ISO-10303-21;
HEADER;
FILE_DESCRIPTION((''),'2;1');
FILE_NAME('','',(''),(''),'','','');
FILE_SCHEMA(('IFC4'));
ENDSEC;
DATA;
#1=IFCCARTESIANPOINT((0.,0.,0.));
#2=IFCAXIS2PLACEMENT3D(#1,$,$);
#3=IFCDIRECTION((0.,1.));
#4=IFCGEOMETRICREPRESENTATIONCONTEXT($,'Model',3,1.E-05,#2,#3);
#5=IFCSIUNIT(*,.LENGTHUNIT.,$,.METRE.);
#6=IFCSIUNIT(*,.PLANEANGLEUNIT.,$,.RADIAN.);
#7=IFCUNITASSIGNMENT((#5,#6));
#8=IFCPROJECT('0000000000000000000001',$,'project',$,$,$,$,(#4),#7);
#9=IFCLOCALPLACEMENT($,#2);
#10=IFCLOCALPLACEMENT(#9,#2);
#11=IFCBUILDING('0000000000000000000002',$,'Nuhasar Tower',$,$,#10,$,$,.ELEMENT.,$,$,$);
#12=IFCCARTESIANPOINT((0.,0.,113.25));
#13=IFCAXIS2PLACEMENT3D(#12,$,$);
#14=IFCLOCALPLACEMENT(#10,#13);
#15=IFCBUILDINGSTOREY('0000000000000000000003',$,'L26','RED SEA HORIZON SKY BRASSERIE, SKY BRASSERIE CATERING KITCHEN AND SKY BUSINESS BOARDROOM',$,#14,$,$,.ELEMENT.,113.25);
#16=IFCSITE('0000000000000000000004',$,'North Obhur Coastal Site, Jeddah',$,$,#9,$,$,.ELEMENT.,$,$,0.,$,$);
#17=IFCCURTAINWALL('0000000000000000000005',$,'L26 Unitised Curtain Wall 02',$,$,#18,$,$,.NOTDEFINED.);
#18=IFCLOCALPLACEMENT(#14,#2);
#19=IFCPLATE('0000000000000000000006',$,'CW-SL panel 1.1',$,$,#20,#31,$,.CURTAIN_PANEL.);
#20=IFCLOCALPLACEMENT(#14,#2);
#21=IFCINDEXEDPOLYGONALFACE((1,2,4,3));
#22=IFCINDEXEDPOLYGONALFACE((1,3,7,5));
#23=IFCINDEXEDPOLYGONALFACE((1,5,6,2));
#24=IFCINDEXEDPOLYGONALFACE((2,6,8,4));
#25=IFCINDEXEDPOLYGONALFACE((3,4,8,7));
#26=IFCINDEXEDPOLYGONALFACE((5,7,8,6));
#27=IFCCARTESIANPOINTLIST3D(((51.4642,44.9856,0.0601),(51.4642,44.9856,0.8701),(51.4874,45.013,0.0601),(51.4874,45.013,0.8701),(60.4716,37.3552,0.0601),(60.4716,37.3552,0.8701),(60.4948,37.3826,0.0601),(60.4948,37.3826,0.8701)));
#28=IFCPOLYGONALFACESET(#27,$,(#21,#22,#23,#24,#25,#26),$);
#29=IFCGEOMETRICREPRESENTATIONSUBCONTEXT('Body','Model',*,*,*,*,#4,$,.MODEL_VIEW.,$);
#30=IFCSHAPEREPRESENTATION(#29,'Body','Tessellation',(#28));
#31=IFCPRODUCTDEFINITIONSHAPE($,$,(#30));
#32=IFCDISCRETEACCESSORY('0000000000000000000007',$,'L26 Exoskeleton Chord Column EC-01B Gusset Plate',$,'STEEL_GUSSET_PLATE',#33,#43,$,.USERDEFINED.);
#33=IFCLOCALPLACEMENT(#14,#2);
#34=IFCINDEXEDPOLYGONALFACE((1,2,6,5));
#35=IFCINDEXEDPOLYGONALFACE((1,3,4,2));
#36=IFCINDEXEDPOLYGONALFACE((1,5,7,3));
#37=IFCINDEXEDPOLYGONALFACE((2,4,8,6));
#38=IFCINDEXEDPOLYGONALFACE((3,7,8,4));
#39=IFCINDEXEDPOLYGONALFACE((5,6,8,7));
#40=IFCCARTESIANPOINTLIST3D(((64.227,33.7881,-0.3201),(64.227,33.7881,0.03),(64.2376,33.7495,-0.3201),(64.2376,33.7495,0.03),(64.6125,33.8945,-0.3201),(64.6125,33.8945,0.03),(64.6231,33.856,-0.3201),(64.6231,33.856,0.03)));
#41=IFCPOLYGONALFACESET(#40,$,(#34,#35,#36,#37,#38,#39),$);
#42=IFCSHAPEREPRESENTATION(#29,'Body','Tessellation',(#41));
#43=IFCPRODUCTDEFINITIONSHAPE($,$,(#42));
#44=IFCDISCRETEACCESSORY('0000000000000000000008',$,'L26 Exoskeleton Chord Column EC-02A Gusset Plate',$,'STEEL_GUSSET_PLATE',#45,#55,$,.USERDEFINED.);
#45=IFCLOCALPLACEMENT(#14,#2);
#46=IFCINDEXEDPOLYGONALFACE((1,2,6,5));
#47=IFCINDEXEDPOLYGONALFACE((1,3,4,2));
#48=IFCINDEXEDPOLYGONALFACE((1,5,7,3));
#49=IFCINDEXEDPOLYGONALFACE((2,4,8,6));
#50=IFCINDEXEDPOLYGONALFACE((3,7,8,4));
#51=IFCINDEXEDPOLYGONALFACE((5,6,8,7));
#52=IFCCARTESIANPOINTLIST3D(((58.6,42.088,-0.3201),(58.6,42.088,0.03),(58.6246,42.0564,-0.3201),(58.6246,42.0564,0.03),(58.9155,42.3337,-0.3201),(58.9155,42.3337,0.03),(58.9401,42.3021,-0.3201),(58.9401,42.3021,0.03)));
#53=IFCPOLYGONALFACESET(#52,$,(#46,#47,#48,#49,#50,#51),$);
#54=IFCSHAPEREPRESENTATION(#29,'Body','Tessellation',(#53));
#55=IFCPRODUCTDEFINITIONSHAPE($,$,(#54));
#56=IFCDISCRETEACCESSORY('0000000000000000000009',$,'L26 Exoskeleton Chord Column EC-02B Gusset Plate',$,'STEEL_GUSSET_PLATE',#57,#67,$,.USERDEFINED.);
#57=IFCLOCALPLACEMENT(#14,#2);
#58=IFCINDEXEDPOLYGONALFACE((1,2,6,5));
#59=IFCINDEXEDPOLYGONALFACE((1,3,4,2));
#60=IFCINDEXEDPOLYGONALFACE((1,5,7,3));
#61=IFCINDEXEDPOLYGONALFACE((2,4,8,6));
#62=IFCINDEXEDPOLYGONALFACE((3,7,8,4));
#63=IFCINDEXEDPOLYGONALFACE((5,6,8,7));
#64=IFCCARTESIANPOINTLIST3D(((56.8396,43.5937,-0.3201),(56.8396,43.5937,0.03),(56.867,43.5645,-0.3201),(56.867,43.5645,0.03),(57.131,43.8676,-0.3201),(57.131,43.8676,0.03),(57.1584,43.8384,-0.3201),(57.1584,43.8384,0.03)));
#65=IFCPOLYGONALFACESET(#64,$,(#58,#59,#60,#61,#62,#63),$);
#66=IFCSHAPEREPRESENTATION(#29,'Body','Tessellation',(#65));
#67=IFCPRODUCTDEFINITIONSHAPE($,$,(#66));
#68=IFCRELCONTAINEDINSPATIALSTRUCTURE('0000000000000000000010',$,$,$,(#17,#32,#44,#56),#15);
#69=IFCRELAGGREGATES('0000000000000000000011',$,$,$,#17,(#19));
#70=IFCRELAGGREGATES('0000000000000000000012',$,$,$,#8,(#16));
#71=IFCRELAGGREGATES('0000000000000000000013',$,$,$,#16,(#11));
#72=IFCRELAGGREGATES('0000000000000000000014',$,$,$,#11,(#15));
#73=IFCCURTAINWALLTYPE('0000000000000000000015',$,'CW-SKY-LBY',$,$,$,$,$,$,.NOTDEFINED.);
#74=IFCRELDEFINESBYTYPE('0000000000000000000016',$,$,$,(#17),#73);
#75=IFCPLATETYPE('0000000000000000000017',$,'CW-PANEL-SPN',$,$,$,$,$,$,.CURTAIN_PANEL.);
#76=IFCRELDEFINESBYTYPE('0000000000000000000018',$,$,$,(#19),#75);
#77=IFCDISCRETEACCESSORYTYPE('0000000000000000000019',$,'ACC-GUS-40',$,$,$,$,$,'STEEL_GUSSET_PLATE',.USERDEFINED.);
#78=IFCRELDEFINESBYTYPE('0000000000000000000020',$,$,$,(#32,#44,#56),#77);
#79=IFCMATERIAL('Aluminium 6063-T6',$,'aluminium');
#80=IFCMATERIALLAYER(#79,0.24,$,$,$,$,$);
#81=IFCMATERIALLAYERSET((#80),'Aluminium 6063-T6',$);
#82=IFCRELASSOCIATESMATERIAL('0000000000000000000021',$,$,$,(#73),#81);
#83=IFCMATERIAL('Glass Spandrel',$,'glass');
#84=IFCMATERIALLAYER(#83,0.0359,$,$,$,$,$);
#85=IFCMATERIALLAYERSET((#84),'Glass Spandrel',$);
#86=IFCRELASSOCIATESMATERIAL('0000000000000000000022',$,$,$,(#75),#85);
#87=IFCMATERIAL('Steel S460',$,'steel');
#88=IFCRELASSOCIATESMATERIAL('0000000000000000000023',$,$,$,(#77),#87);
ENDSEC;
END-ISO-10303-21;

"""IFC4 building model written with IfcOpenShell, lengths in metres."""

from ifc_helpers import new_model, si_unit, direction, frame, origin, origin_2d, place, context, subcontext, project, spatial, rectangle, extrude, material, layer, layer_set, type_object, element, aggregate, save


model = new_model("IFC4")

# Units and contexts
model_context = context("Model", 3, precision=1e-05, world=origin(), true_north=direction((0.0, 1.0)))
body_context = subcontext(model_context, "Body", "Model", "MODEL_VIEW")
ifc_project = project(units=[si_unit("LENGTHUNIT", "METRE"), si_unit("PLANEANGLEUNIT", "RADIAN")], contexts=[model_context])

# Site, building, storey
site_placement = place(None, origin())
site = spatial("IfcSite", under=ifc_project, at=site_placement, Name="North Obhur Coastal Site, Jeddah", CompositionType="ELEMENT", RefElevation=0.0)
building_placement = place(site_placement, origin())
building = spatial("IfcBuilding", under=site, at=building_placement, Name="Nuhasar Tower", CompositionType="ELEMENT")
storey_placement = place(building_placement, frame((0.0, 0.0, 113.25)))
storey = spatial("IfcBuildingStorey", under=building, at=storey_placement, Name="L26", Description="RED SEA HORIZON SKY BRASSERIE, SKY BRASSERIE CATERING KITCHEN AND SKY BUSINESS BOARDROOM", CompositionType="ELEMENT", Elevation=113.25)

# Shared definitions
ifc_material_1 = material(Name="Steel S460", Category="steel")

# Shared definitions
ifc_material_2 = material(Name="Aluminium 6063-T6", Category="aluminium")
ifc_layer_1 = layer(ifc_material_2, 0.24)
ifc_layer_set_1 = layer_set([ifc_layer_1], Name="Aluminium 6063-T6")
curtain_wall_type = type_object("IfcCurtainWallType", Name="CW-SKY-LBY", PredefinedType="NOTDEFINED", material=ifc_layer_set_1)

# Curtain wall
curtain_wall_1_placement = place(storey_placement, origin())
curtain_wall_1 = element("IfcCurtainWall", 1, at=curtain_wall_1_placement, inside=storey, type_object=curtain_wall_type, Name="L26 Unitised Curtain Wall 02", PredefinedType="NOTDEFINED")

# Plate
ifc_material_3 = material(Name="Glass Spandrel", Category="glass")
ifc_layer_2 = layer(ifc_material_3, 0.0359)
ifc_layer_set_2 = layer_set([ifc_layer_2], Name="Glass Spandrel")
plate_type_1 = type_object("IfcPlateType", Name="CW-PANEL-SPN", PredefinedType="CURTAIN_PANEL", material=ifc_layer_set_2)
plate_1_placement = place(storey_placement, frame((55.9795, 41.1841, 0.0601), z_axis=(0.0, 0.0, 1.0), x_axis=(-0.76302, 0.646374, 0.0)))
plate_1 = element("IfcPlate", 2, at=plate_1_placement, type_object=plate_type_1, Name="CW-SL panel 1.1", PredefinedType="CURTAIN_PANEL", context=body_context, shape_type="SweptSolid", body=[
    extrude(rectangle(XDim=11.8049, YDim=0.0359, at=origin_2d()), origin(), (0.0, 0.0, 1.0), 0.8101),
])
aggregate(curtain_wall_1, [plate_1])

# Discrete accessories
discrete_accessory_type = type_object("IfcDiscreteAccessoryType", Name="ACC-GUS-40", ElementType="STEEL_GUSSET_PLATE", PredefinedType="USERDEFINED", material=ifc_material_1)
for number, where, z_axis, x_axis, name in (
    (3, (64.425, 33.822, -0.3201), (0.0, 0.0, 1.0), (0.963914, 0.266212, 0.0), "L26 Exoskeleton Chord Column EC-01B Gusset Plate"),
    (4, (58.77, 42.1951, -0.3201), (0.0, 0.0, 1.0), (0.788998, 0.614395, 0.0), "L26 Exoskeleton Chord Column EC-02A Gusset Plate"),
    (5, (56.999, 43.7161, -0.3201), (0.0, 0.0, 1.0), (0.728682, 0.684852, 0.0), "L26 Exoskeleton Chord Column EC-02B Gusset Plate"),
):
    element("IfcDiscreteAccessory", number, at=place(storey_placement, frame(where, z_axis=z_axis, x_axis=x_axis)), inside=storey, type_object=discrete_accessory_type, Name=name, ObjectType="STEEL_GUSSET_PLATE", PredefinedType="USERDEFINED", context=body_context, shape_type="SweptSolid", body=[
        extrude(rectangle(XDim=0.3999, YDim=0.04, at=origin_2d()), origin(), (0.0, 0.0, 1.0), 0.3501),
    ])

save(model, "model.ifc")
